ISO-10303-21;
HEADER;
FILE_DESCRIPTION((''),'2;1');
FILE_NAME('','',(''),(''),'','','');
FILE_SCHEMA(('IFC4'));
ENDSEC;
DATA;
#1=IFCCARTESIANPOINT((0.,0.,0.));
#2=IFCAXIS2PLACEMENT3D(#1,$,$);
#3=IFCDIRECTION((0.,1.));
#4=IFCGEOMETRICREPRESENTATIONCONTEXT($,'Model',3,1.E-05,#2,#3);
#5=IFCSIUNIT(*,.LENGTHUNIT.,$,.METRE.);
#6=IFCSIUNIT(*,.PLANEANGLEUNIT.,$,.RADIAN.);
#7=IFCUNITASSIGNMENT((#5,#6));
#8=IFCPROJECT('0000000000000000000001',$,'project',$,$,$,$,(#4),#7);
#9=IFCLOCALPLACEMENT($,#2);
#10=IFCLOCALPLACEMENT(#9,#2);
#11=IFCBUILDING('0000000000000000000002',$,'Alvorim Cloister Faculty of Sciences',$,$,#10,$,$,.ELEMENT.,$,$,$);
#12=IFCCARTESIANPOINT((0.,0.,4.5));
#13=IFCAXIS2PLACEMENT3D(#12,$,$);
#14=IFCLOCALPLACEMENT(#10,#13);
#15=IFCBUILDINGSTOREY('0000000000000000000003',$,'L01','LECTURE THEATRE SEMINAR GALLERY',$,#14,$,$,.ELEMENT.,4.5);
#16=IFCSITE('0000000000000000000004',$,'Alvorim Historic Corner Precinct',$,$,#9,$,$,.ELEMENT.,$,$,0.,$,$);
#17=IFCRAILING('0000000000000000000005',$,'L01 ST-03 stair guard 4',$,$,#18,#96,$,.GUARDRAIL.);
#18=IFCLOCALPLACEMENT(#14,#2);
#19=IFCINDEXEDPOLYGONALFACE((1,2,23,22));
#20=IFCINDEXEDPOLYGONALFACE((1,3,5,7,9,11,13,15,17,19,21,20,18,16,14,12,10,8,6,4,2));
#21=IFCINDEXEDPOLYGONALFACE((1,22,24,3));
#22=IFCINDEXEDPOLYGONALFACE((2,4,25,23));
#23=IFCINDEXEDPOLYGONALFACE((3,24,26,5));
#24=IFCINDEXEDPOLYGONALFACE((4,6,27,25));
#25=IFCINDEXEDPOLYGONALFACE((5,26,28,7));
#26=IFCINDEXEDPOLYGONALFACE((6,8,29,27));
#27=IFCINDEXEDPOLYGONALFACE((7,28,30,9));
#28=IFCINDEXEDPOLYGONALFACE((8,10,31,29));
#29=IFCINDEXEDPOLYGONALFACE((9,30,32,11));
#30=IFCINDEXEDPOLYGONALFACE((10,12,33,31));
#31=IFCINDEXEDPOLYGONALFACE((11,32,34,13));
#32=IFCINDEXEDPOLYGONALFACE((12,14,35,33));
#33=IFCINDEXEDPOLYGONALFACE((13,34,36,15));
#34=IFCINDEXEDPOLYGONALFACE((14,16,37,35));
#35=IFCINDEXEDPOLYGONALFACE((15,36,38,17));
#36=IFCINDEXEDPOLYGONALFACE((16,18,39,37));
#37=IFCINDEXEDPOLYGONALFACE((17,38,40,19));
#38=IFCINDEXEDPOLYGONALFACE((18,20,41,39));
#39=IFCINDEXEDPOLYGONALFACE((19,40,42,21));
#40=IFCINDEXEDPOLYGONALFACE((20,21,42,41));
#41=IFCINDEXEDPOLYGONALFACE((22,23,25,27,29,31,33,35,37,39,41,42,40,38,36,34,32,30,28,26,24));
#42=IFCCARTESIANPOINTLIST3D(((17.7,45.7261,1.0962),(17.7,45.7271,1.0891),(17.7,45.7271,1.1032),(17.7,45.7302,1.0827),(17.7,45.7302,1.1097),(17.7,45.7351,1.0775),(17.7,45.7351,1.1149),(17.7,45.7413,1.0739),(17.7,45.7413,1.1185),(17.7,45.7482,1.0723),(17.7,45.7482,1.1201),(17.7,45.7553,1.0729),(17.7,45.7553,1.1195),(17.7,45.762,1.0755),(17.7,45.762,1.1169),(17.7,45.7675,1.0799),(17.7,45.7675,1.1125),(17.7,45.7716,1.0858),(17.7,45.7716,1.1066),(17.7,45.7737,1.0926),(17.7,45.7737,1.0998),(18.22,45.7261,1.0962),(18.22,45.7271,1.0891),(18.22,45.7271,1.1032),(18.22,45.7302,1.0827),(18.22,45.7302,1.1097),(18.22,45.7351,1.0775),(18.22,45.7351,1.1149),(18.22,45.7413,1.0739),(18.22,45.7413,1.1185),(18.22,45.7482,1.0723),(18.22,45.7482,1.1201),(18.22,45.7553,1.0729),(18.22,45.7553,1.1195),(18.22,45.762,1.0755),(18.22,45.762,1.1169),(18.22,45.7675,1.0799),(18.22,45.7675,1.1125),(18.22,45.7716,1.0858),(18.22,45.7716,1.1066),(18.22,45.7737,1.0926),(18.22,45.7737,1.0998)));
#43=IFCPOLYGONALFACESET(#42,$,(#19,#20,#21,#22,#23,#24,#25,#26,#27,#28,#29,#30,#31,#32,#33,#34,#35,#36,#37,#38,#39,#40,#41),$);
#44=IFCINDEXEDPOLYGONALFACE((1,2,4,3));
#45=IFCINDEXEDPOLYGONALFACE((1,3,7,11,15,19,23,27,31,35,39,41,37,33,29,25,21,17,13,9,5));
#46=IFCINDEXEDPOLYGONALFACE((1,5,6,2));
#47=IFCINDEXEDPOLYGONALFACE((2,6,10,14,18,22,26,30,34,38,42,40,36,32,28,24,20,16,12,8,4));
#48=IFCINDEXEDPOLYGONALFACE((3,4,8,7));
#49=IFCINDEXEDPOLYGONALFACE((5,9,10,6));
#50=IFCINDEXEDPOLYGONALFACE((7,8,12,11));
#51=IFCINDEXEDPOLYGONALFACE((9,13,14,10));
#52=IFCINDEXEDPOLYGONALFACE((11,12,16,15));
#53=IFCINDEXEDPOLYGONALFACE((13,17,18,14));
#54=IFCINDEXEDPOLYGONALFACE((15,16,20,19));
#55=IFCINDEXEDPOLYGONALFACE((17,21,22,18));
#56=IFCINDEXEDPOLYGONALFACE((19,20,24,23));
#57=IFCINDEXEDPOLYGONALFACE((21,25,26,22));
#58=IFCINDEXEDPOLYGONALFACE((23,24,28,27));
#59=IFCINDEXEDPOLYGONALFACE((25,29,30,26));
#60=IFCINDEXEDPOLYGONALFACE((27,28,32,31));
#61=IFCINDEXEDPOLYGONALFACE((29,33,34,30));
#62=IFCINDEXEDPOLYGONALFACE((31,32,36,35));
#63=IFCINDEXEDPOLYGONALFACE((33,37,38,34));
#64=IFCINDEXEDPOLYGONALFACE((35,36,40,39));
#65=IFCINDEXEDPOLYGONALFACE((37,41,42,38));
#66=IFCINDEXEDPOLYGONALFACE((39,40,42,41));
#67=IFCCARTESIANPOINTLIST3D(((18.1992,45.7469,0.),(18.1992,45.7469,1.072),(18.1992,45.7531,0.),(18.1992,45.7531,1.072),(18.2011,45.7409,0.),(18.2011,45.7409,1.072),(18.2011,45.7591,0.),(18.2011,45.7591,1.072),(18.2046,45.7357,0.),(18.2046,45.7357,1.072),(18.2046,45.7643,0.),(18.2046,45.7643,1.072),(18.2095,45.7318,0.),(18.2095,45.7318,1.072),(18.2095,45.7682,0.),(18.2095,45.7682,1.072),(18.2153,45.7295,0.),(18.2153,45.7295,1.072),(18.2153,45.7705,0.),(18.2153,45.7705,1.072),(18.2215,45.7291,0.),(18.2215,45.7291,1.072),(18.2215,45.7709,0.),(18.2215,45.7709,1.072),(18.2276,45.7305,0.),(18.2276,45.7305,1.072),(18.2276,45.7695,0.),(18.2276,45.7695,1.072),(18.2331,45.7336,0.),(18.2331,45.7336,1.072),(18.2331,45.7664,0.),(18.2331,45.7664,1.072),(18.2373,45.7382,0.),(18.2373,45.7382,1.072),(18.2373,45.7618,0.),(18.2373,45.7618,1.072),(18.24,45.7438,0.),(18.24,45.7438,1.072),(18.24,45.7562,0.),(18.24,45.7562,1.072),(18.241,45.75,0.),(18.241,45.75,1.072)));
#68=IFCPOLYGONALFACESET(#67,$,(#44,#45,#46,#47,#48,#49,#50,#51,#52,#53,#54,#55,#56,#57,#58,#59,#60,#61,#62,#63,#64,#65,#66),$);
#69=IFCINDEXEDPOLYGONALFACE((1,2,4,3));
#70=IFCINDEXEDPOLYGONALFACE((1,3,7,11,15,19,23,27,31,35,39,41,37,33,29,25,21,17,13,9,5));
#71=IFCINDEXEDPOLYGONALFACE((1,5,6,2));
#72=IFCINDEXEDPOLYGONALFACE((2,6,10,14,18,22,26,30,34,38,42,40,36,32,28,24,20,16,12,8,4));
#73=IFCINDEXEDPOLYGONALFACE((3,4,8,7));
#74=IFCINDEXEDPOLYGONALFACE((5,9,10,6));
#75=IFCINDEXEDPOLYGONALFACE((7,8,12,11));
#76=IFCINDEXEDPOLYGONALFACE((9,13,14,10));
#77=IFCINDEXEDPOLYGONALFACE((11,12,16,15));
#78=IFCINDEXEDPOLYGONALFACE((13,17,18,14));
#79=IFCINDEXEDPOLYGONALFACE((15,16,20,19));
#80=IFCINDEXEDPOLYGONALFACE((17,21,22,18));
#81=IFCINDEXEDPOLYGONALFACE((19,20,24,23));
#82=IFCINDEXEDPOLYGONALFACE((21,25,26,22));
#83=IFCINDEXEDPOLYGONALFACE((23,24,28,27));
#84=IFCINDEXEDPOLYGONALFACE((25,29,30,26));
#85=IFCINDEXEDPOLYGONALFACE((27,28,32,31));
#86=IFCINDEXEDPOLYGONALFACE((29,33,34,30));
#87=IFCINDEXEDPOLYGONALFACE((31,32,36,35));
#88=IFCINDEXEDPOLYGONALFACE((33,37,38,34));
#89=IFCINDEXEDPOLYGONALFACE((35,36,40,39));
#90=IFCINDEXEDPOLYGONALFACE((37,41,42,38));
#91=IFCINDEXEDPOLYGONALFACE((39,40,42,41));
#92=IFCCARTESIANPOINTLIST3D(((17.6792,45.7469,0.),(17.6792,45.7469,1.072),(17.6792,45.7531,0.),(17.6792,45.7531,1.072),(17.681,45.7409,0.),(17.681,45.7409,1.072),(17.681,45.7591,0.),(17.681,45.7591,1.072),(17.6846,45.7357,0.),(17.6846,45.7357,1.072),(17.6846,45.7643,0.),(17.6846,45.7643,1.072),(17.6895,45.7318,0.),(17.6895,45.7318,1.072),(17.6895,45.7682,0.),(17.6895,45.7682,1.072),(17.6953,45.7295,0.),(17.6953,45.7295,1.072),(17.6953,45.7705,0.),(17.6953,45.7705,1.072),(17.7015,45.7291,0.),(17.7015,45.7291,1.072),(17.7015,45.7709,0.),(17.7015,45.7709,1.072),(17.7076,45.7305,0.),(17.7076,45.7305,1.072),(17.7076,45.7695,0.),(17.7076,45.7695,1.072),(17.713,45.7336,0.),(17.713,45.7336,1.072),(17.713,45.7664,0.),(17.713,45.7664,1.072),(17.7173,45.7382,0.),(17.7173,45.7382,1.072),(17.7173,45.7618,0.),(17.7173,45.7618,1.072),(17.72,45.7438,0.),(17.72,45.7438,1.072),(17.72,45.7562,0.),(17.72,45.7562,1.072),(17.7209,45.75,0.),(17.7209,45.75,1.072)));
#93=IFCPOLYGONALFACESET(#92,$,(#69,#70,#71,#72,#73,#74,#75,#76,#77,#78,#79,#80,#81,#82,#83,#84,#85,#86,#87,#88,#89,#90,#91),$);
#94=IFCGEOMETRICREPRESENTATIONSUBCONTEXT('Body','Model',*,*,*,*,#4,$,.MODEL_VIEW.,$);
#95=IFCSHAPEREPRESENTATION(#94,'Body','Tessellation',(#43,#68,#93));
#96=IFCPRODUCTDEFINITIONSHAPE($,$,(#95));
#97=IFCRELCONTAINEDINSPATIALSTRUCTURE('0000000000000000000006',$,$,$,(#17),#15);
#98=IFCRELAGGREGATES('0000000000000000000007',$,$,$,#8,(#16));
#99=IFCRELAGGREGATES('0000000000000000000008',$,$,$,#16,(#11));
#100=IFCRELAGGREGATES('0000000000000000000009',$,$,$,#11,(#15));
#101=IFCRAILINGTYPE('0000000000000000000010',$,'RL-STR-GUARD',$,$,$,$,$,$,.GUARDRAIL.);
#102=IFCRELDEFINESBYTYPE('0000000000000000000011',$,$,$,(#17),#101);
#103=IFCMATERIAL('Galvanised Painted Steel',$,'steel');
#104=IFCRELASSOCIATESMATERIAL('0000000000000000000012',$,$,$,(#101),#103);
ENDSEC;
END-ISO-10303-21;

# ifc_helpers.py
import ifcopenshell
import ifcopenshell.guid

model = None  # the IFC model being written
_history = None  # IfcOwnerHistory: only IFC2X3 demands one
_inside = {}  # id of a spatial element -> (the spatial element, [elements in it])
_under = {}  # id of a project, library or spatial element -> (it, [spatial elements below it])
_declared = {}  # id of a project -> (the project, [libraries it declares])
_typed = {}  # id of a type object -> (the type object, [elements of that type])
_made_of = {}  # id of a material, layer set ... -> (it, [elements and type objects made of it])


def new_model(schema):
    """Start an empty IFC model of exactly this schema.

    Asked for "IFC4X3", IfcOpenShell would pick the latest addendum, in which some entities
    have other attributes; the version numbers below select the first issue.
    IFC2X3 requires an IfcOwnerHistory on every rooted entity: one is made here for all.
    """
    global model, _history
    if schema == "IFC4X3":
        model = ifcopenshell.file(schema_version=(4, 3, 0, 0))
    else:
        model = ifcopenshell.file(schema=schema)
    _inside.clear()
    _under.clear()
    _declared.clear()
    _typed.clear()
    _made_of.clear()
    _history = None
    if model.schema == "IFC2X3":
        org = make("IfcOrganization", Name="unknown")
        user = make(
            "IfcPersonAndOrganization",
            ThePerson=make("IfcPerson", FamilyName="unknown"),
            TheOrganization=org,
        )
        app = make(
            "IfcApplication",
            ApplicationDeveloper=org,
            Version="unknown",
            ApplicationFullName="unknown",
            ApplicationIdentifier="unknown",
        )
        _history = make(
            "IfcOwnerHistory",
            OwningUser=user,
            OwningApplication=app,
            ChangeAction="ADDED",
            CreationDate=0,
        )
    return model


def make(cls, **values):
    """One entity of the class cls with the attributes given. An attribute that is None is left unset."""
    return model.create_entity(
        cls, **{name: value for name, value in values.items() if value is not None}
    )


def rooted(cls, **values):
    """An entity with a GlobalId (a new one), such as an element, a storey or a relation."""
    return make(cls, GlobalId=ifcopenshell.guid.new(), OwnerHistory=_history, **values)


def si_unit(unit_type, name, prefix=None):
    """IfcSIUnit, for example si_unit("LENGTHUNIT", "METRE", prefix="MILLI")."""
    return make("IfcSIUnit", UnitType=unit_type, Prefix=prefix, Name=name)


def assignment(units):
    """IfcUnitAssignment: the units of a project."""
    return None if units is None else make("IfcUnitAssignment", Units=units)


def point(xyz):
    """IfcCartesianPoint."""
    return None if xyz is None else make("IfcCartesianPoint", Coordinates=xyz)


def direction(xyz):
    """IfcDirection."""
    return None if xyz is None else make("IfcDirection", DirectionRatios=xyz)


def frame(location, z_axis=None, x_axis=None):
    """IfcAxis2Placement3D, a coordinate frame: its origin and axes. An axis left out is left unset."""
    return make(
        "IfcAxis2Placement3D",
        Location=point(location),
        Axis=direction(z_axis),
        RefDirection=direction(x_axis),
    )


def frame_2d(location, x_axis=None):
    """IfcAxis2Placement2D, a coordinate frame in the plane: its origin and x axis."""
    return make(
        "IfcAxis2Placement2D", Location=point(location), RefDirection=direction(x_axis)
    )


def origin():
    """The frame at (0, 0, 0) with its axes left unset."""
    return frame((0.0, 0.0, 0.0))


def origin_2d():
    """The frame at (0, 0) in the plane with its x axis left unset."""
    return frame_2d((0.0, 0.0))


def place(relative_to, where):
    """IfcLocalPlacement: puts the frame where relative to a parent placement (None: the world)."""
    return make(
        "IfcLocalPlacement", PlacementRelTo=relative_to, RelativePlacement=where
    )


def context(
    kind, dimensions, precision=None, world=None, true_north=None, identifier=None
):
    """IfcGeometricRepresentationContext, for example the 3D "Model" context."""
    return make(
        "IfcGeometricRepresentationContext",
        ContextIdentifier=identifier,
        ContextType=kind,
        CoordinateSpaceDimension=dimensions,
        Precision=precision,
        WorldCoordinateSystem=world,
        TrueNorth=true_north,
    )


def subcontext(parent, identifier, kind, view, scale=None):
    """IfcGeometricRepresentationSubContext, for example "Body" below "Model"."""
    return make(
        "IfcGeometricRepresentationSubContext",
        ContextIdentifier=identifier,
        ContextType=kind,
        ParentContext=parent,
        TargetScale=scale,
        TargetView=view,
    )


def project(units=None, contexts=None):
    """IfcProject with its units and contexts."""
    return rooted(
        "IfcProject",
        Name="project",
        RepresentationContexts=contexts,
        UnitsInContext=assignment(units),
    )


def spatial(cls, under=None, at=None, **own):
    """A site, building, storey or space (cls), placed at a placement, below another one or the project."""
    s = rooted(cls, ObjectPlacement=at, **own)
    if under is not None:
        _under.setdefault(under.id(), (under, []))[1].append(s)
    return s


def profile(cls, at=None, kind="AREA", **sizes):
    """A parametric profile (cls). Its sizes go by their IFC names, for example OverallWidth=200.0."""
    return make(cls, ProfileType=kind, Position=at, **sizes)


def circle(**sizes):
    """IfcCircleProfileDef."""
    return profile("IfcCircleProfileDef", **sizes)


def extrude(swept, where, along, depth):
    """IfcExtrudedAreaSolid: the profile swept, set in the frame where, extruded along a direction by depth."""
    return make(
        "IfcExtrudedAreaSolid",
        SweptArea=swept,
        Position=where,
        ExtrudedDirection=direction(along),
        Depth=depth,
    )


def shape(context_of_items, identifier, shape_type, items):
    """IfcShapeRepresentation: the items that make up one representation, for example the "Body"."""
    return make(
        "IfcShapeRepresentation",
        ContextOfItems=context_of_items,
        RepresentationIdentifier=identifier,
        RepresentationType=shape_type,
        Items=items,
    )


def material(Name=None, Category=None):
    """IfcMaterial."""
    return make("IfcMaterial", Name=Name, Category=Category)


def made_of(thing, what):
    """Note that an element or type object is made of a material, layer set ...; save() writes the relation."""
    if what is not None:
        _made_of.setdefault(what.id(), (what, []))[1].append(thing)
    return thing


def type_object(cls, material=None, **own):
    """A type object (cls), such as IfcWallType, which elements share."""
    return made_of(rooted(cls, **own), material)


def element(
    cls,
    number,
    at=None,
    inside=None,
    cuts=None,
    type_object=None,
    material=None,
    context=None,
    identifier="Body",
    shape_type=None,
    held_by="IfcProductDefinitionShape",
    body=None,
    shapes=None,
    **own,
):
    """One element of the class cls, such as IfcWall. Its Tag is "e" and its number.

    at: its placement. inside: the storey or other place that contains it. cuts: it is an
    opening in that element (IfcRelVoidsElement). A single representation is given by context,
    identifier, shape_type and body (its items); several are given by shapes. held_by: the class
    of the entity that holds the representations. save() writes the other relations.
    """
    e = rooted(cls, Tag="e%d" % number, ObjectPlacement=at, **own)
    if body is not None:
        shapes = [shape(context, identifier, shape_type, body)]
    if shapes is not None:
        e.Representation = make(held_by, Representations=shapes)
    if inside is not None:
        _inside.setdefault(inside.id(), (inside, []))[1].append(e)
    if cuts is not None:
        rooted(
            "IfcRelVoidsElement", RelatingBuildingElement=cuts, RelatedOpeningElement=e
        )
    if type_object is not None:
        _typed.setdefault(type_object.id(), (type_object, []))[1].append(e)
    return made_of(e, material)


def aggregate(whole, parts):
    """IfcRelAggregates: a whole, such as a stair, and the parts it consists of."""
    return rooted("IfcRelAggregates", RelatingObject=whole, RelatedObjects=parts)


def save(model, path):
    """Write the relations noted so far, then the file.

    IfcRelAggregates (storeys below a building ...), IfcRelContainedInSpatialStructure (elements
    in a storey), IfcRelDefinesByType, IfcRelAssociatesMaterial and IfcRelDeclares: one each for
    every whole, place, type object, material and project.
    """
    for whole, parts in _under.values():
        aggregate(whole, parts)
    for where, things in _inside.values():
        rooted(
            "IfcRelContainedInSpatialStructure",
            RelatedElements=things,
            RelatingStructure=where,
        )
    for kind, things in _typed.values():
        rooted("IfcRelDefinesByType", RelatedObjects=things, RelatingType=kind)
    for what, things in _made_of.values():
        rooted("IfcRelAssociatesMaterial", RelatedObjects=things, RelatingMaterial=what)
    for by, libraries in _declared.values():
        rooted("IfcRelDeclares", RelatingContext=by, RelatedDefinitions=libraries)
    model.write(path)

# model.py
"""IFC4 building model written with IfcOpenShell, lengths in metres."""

from ifc_helpers import new_model, si_unit, direction, frame, origin, origin_2d, place, context, subcontext, project, spatial, circle, extrude, material, type_object, element, save


model = new_model("IFC4")

# Units and contexts
model_context = context("Model", 3, precision=1e-05, world=origin(), true_north=direction((0.0, 1.0)))
body_context = subcontext(model_context, "Body", "Model", "MODEL_VIEW")
ifc_project = project(units=[si_unit("LENGTHUNIT", "METRE"), si_unit("PLANEANGLEUNIT", "RADIAN")], contexts=[model_context])

# Site, building, storey
site_placement = place(None, origin())
site = spatial("IfcSite", under=ifc_project, at=site_placement, Name="Alvorim Historic Corner Precinct", CompositionType="ELEMENT", RefElevation=0.0)
building_placement = place(site_placement, origin())
building = spatial("IfcBuilding", under=site, at=building_placement, Name="Alvorim Cloister Faculty of Sciences", CompositionType="ELEMENT")
storey_placement = place(building_placement, frame((0.0, 0.0, 4.5)))
storey = spatial("IfcBuildingStorey", under=building, at=storey_placement, Name="L01", Description="LECTURE THEATRE SEMINAR GALLERY", CompositionType="ELEMENT", Elevation=4.5)

# Railing
ifc_material_1 = material(Name="Galvanised Painted Steel", Category="steel")
railing_type_1 = type_object("IfcRailingType", Name="RL-STR-GUARD", PredefinedType="GUARDRAIL", material=ifc_material_1)
railing_1_placement = place(storey_placement, frame((18.22, 45.75, 0.0)))
element("IfcRailing", 1, at=railing_1_placement, inside=storey, type_object=railing_type_1, Name="L01 ST-03 stair guard 4", PredefinedType="GUARDRAIL", context=body_context, shape_type="SweptSolid", body=[
    extrude(circle(Radius=0.0239, at=origin_2d()), frame((0.0, 0.0, 1.0962), z_axis=(-1.0, 0.0, 0.0), x_axis=(0.0, -1.0, 0.0)), (0.0, 0.0, 1.0), 0.52),
    extrude(circle(Radius=0.021, at=origin_2d()), origin(), (0.0, 0.0, 1.0), 1.072),
    extrude(circle(Radius=0.021, at=origin_2d()), frame((-0.52, 0.0, 0.0)), (0.0, 0.0, 1.0), 1.072),
])

save(model, "model.ifc")
